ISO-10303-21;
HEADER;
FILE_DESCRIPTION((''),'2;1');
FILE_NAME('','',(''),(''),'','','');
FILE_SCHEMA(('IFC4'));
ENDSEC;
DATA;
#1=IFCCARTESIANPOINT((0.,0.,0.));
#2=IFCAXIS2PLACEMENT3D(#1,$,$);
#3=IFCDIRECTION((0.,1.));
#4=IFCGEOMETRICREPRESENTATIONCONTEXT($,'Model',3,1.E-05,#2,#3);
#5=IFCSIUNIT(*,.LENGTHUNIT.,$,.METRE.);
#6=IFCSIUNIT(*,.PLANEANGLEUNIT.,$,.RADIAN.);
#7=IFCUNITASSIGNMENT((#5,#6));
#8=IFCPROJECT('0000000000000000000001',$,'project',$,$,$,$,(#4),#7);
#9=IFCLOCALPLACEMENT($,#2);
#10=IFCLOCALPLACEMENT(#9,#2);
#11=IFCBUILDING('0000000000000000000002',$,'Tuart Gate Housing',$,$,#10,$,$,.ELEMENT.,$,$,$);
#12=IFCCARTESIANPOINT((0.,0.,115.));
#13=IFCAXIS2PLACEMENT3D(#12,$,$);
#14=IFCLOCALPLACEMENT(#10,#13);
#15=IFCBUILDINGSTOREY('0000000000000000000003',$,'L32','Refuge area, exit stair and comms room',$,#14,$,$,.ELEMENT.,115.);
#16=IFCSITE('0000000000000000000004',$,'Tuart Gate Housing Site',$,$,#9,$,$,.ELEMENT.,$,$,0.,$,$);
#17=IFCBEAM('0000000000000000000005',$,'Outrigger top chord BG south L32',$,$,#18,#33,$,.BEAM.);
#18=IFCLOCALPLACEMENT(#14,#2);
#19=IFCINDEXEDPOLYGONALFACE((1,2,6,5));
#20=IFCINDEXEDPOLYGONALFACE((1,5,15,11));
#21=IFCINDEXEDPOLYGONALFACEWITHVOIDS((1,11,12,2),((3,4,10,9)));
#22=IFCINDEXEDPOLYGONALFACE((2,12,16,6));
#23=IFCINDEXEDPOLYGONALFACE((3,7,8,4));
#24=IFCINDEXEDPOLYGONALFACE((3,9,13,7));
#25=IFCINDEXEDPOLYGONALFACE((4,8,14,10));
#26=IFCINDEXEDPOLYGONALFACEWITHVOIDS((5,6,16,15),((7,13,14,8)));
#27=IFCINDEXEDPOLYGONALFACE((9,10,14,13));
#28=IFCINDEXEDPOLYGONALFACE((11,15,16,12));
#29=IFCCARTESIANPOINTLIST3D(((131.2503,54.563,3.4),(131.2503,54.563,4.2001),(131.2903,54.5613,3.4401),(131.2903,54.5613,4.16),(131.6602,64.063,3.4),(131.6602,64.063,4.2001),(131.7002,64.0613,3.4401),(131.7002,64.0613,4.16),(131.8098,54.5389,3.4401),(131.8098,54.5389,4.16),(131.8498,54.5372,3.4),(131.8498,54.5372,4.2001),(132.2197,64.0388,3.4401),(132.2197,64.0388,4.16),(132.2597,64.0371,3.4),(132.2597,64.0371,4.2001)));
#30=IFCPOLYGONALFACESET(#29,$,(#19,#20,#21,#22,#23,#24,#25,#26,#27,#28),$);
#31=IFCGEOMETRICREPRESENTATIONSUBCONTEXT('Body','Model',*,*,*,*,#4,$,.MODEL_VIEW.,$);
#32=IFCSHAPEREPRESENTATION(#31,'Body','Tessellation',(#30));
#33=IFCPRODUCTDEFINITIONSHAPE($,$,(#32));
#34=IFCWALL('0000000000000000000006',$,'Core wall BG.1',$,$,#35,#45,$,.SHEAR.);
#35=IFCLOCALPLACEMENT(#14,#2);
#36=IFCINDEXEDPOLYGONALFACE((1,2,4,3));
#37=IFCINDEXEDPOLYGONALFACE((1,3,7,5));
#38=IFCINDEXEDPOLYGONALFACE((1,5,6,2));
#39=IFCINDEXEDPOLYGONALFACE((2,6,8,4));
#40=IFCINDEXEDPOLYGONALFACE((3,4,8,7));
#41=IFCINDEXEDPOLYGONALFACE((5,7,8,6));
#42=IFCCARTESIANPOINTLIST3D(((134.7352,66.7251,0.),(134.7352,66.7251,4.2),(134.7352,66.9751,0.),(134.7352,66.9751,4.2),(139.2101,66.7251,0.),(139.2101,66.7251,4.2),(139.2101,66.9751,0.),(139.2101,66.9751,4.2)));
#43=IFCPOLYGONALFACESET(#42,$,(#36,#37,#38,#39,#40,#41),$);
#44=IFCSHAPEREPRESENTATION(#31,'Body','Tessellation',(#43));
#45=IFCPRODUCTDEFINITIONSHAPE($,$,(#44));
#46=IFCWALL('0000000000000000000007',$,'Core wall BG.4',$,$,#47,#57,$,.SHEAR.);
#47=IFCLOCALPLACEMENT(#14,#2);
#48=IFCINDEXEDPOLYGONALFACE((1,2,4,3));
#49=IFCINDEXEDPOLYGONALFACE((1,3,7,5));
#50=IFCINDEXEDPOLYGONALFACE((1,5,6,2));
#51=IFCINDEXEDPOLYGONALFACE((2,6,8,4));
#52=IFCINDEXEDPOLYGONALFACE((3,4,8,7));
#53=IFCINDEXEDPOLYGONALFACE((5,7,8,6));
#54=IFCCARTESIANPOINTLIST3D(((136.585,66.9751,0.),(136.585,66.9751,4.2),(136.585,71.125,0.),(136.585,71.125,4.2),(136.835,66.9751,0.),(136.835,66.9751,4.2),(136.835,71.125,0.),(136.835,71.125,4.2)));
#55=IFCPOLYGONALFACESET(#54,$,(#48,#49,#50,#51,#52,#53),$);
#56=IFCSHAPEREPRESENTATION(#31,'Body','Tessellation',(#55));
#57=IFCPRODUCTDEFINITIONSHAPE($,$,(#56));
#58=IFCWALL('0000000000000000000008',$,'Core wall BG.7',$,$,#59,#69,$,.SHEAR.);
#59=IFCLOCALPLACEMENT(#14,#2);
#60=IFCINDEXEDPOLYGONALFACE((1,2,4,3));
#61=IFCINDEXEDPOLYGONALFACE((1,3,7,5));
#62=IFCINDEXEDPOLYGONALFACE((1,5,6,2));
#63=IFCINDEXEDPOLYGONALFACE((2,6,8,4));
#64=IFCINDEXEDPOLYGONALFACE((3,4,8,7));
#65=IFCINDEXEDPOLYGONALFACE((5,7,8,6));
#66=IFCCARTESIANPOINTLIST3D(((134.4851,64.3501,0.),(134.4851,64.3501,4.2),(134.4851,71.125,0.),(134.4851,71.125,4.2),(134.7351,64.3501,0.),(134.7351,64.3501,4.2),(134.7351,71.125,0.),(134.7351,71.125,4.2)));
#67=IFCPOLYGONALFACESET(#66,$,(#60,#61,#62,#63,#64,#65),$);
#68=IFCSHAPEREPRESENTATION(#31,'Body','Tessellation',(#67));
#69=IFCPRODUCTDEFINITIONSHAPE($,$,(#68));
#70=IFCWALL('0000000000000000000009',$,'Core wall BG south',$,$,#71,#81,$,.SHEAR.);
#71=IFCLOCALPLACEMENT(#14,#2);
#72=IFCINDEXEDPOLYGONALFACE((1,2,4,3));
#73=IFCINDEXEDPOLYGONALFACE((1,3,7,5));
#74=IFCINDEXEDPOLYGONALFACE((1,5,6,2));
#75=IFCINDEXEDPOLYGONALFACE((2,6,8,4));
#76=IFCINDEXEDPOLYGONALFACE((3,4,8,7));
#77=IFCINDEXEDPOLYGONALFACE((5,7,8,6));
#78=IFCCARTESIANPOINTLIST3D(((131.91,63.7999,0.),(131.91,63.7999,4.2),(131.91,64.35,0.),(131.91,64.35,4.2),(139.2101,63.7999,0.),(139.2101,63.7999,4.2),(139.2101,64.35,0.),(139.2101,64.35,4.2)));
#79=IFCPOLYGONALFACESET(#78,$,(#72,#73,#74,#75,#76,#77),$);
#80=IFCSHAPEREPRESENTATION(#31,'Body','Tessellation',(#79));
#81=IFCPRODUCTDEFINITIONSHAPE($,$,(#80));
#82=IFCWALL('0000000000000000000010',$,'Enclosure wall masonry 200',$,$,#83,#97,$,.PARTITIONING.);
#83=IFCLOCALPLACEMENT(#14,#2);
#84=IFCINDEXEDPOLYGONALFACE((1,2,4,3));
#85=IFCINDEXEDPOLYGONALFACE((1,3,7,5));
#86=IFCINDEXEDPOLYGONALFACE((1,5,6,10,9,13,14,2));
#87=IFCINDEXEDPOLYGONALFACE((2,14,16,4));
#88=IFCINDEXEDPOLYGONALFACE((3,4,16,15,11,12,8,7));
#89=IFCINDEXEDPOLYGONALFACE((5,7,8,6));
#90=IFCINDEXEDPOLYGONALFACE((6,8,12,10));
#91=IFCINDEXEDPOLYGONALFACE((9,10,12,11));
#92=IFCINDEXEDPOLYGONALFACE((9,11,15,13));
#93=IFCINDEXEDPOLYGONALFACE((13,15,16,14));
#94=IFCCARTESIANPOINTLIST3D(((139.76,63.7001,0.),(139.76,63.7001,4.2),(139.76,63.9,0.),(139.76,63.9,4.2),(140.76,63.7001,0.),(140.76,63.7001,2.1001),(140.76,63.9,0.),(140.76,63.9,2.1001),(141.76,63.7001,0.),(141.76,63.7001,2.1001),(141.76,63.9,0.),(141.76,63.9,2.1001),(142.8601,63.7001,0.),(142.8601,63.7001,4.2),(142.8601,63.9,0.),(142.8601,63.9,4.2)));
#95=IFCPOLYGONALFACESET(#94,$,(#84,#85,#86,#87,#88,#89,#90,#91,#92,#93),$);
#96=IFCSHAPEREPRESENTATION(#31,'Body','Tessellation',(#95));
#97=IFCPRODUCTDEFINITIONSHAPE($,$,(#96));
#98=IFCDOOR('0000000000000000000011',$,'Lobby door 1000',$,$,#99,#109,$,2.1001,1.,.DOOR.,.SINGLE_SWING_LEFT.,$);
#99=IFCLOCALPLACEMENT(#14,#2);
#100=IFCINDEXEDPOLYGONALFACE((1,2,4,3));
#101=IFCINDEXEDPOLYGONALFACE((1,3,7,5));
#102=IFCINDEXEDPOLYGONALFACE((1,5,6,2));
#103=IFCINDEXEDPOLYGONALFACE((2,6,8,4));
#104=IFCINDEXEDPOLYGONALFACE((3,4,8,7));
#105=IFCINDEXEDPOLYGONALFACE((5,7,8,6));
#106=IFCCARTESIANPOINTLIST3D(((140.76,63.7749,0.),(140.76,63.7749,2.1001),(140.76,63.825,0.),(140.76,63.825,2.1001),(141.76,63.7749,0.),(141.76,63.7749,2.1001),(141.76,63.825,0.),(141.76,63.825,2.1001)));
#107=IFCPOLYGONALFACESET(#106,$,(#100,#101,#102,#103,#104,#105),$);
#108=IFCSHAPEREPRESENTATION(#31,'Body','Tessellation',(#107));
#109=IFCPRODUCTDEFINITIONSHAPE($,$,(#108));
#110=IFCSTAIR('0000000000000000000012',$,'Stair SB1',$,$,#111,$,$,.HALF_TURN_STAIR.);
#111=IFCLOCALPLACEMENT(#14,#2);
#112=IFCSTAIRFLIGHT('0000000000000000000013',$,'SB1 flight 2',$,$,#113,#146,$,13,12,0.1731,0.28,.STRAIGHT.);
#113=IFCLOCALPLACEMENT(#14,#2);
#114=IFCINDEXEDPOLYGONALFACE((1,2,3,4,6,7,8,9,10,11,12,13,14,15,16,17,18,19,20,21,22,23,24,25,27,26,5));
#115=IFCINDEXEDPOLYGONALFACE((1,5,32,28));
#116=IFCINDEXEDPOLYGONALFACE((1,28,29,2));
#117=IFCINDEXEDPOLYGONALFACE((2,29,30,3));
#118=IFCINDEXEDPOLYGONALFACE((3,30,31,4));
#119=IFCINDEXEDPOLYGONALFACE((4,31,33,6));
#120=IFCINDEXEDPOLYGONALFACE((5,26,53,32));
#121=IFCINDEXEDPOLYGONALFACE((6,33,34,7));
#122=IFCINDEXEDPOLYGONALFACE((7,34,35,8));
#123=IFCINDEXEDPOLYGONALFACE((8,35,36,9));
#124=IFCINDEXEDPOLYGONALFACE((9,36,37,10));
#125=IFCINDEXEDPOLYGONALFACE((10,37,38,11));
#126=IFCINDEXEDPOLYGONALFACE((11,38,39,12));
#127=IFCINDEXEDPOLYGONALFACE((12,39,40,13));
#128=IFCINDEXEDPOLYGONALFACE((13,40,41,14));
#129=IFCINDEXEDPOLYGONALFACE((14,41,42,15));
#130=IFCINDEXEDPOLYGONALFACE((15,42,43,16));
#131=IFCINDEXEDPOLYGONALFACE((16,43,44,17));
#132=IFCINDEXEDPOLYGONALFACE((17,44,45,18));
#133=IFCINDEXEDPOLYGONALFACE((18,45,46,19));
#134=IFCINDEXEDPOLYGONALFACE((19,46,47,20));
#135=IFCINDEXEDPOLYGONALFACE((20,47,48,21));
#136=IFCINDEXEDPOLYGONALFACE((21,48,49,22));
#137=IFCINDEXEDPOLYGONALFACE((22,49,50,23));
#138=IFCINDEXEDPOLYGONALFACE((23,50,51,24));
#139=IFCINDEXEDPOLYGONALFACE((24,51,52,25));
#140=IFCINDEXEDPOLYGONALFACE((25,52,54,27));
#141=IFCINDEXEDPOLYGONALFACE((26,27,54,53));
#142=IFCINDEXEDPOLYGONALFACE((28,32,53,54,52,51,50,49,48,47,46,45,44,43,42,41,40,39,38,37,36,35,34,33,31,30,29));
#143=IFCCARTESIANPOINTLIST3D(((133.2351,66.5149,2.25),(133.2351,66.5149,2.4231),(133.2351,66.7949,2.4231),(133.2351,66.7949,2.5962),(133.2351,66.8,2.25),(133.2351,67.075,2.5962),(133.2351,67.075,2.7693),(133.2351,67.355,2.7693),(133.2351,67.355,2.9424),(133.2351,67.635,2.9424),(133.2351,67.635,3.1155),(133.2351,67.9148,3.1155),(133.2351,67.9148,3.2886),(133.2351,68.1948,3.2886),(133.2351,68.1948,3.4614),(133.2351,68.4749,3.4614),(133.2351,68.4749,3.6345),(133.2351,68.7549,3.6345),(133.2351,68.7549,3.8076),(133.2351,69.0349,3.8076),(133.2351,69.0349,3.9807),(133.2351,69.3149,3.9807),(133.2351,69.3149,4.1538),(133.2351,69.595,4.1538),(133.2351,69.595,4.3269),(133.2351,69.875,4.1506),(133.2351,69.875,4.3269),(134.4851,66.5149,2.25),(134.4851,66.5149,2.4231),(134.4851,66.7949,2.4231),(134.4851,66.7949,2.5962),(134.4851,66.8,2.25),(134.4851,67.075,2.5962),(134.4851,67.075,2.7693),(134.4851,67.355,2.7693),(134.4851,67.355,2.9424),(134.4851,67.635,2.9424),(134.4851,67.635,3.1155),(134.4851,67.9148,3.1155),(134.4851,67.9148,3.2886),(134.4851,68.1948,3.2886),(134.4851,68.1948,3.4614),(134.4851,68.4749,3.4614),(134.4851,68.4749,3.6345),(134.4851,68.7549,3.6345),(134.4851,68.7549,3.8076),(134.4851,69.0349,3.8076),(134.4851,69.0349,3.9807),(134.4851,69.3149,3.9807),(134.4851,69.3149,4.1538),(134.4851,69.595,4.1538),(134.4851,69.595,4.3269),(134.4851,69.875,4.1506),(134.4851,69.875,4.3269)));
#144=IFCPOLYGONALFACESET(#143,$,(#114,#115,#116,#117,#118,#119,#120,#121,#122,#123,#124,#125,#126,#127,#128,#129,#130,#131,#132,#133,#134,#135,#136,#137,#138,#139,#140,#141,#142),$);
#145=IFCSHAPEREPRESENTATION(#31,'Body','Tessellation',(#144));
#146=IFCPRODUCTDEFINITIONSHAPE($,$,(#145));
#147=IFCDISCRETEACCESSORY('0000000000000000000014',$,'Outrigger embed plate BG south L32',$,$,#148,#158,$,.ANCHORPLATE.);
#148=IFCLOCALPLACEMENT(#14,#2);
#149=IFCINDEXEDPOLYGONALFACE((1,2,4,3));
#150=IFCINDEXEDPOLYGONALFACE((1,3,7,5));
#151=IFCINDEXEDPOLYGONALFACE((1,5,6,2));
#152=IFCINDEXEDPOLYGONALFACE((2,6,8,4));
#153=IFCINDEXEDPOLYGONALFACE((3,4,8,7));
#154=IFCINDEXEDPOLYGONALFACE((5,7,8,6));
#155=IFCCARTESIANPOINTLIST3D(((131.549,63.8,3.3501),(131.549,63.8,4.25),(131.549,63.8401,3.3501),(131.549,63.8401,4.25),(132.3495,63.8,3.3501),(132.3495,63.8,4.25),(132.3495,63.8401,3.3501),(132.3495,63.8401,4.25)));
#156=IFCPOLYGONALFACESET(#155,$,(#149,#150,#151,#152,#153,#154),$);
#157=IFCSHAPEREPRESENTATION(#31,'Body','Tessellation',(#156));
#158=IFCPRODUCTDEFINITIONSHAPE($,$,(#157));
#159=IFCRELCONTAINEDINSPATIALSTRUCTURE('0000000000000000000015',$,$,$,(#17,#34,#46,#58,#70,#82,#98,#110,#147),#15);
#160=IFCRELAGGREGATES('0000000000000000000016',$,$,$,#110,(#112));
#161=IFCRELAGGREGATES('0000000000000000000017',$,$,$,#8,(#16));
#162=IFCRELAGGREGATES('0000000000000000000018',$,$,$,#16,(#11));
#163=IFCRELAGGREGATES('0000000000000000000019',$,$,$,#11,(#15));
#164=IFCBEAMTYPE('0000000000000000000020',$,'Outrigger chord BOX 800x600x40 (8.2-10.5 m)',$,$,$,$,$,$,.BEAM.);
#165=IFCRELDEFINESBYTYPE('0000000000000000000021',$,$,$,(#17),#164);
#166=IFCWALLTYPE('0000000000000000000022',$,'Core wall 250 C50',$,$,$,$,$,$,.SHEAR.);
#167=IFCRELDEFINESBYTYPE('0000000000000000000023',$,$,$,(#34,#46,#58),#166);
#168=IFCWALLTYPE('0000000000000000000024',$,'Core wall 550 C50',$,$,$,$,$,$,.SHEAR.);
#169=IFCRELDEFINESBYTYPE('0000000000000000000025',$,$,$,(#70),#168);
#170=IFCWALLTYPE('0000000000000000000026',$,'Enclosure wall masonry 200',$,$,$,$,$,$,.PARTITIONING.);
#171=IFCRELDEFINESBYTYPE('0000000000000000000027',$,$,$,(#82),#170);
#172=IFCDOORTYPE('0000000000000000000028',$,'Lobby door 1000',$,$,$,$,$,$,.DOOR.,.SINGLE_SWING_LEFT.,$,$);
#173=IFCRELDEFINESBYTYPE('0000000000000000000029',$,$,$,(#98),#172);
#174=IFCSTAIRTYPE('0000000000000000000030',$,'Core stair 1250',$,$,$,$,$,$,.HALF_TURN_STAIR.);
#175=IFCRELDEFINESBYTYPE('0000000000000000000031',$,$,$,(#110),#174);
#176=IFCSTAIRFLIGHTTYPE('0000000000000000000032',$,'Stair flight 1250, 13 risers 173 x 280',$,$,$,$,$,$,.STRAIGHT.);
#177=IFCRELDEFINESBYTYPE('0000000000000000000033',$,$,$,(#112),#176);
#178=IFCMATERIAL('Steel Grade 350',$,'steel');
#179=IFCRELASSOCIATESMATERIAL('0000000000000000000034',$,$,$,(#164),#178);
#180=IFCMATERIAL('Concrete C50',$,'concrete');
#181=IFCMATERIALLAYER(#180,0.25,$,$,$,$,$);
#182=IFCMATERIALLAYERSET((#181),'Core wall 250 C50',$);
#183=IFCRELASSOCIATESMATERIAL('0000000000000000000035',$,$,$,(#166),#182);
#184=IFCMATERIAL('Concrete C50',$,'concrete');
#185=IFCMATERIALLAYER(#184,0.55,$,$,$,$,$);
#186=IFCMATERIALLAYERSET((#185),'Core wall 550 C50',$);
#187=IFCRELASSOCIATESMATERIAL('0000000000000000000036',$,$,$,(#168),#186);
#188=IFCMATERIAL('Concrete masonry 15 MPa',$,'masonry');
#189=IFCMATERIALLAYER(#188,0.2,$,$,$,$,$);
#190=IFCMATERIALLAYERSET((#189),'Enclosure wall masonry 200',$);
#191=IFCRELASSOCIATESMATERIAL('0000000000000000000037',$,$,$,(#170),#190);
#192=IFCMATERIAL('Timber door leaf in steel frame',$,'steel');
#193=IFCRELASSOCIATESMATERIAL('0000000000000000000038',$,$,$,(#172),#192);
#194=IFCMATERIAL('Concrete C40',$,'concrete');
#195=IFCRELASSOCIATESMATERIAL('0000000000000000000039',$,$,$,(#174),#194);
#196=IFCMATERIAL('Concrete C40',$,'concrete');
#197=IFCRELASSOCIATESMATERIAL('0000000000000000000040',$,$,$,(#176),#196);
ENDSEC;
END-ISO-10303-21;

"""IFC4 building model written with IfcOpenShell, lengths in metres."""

from ifc_helpers import new_model, si_unit, direction, frame, frame_2d, origin, origin_2d, place, context, subcontext, project, spatial, polyline, rectangle, hollow_rectangle, outline, extrude, material, layer, layer_set, material_profile, profile_set, type_object, element, fill, aggregate, save


model = new_model("IFC4")

# Units and contexts
model_context = context("Model", 3, precision=1e-05, world=origin(), true_north=direction((0.0, 1.0)))
body_context = subcontext(model_context, "Body", "Model", "MODEL_VIEW")
ifc_project = project(units=[si_unit("LENGTHUNIT", "METRE"), si_unit("PLANEANGLEUNIT", "RADIAN")], contexts=[model_context])

# Site, building, storey
site_placement = place(None, origin())
site = spatial("IfcSite", under=ifc_project, at=site_placement, Name="Tuart Gate Housing Site", CompositionType="ELEMENT", RefElevation=0.0)
building_placement = place(site_placement, origin())
building = spatial("IfcBuilding", under=site, at=building_placement, Name="Tuart Gate Housing", CompositionType="ELEMENT")
storey_placement = place(building_placement, frame((0.0, 0.0, 115.0)))
storey = spatial("IfcBuildingStorey", under=building, at=storey_placement, Name="L32", Description="Refuge area, exit stair and comms room", CompositionType="ELEMENT", Elevation=115.0)

# Beam
ifc_material_1 = material(Name="Steel Grade 350", Category="steel")
ifc_material_profile = material_profile(ifc_material_1, hollow_rectangle(XDim=0.6001, YDim=0.8, WallThickness=0.04, at=origin_2d()), Name="BOX 800x600x40")
ifc_profile_set = profile_set([ifc_material_profile], Name="Steel Grade 350")
beam_type = type_object("IfcBeamType", Name="Outrigger chord BOX 800x600x40 (8.2-10.5 m)", PredefinedType="BEAM", material=ifc_profile_set)
beam_placement = place(storey_placement, frame((131.96, 64.05, 3.8), z_axis=(-0.043109, -0.99907, 0.0), x_axis=(0.99907, -0.043109, 0.0)))
element("IfcBeam", 1, at=beam_placement, inside=storey, type_object=beam_type, Name="Outrigger top chord BG south L32", PredefinedType="BEAM", context=body_context, shape_type="SweptSolid", body=[
    extrude(hollow_rectangle(XDim=0.6001, YDim=0.8, WallThickness=0.04, at=origin_2d()), origin(), (0.0, 0.0, 1.0), 9.5088),
])

# Walls
ifc_material_2 = material(Name="Concrete C50", Category="concrete")
ifc_layer_1 = layer(ifc_material_2, 0.25)
ifc_layer_set_1 = layer_set([ifc_layer_1], Name="Core wall 250 C50")
wall_type_1 = type_object("IfcWallType", Name="Core wall 250 C50", PredefinedType="SHEAR", material=ifc_layer_set_1)
wall_1_placement = place(storey_placement, frame((139.21, 66.8501, 0.0), z_axis=(0.0, 0.0, 1.0), x_axis=(-1.0, 0.0, 0.0)))
element("IfcWall", 2, at=wall_1_placement, inside=storey, type_object=wall_type_1, Name="Core wall BG.1", PredefinedType="SHEAR", context=body_context, shape_type="SweptSolid", body=[
    extrude(rectangle(XDim=4.4749, YDim=0.25, at=frame_2d((2.2373, 0.0))), origin(), (0.0, 0.0, 1.0), 4.2),
])
wall_2_placement = place(storey_placement, frame((136.71, 66.9751, 0.0), z_axis=(0.0, 0.0, 1.0), x_axis=(0.0, 1.0, 0.0)))
element("IfcWall", 3, at=wall_2_placement, inside=storey, type_object=wall_type_1, Name="Core wall BG.4", PredefinedType="SHEAR", context=body_context, shape_type="SweptSolid", body=[
    extrude(rectangle(XDim=4.1499, YDim=0.25, at=frame_2d((2.075, 0.0))), origin(), (0.0, 0.0, 1.0), 4.2),
])
wall_3_placement = place(storey_placement, frame((134.6101, 64.3501, 0.0), z_axis=(0.0, 0.0, 1.0), x_axis=(0.0, 1.0, 0.0)))
element("IfcWall", 4, at=wall_3_placement, inside=storey, type_object=wall_type_1, Name="Core wall BG.7", PredefinedType="SHEAR", context=body_context, shape_type="SweptSolid", body=[
    extrude(rectangle(XDim=6.7749, YDim=0.25, at=frame_2d((3.3875, 0.0))), origin(), (0.0, 0.0, 1.0), 4.2),
])
ifc_material_3 = material(Name="Concrete C50", Category="concrete")
ifc_layer_2 = layer(ifc_material_3, 0.55)
ifc_layer_set_2 = layer_set([ifc_layer_2], Name="Core wall 550 C50")
wall_type_2 = type_object("IfcWallType", Name="Core wall 550 C50", PredefinedType="SHEAR", material=ifc_layer_set_2)
wall_4_placement = place(storey_placement, frame((139.21, 64.075, 0.0), z_axis=(0.0, 0.0, 1.0), x_axis=(-1.0, 0.0, 0.0)))
element("IfcWall", 5, at=wall_4_placement, inside=storey, type_object=wall_type_2, Name="Core wall BG south", PredefinedType="SHEAR", context=body_context, shape_type="SweptSolid", body=[
    extrude(rectangle(XDim=7.3, YDim=0.55, at=frame_2d((3.6499, 0.0))), origin(), (0.0, 0.0, 1.0), 4.2),
])

# Wall, opening, door
ifc_material_4 = material(Name="Concrete masonry 15 MPa", Category="masonry")
ifc_layer_3 = layer(ifc_material_4, 0.2)
ifc_layer_set_3 = layer_set([ifc_layer_3], Name="Enclosure wall masonry 200")
wall_type_3 = type_object("IfcWallType", Name="Enclosure wall masonry 200", PredefinedType="PARTITIONING", material=ifc_layer_set_3)
wall_5_placement = place(storey_placement, frame((139.76, 63.8, 0.0), z_axis=(0.0, 0.0, 1.0), x_axis=(1.0, 0.0, 0.0)))
wall_5 = element("IfcWall", 6, at=wall_5_placement, inside=storey, type_object=wall_type_3, Name="Enclosure wall masonry 200", PredefinedType="PARTITIONING", context=body_context, shape_type="SweptSolid", body=[
    extrude(rectangle(XDim=3.1001, YDim=0.2, at=frame_2d((1.55, 0.0))), origin(), (0.0, 0.0, 1.0), 4.2),
])
opening_placement = place(wall_5_placement, frame((1.0, 0.0, 0.0)))
opening = element("IfcOpeningElement", 7, at=opening_placement, cuts=wall_5, PredefinedType="OPENING", context=body_context, shape_type="SweptSolid", body=[
    extrude(rectangle(XDim=1.0, YDim=2.1001, at=frame_2d((0.5, 1.05))), frame((0.0, 0.1099, 0.0), z_axis=(0.0, -1.0, 0.0), x_axis=(1.0, 0.0, 0.0)), (0.0, 0.0, 1.0), 0.22),
])
ifc_material_5 = material(Name="Timber door leaf in steel frame", Category="steel")
door_type = type_object("IfcDoorType", Name="Lobby door 1000", OperationType="SINGLE_SWING_LEFT", PredefinedType="DOOR", material=ifc_material_5)
door_placement = place(opening_placement, frame((1.0, 0.0, 0.0), z_axis=(0.0, 0.0, 1.0), x_axis=(-1.0, 0.0, 0.0)))
door = element("IfcDoor", 8, at=door_placement, inside=storey, type_object=door_type, Name="Lobby door 1000", OperationType="SINGLE_SWING_LEFT", OverallHeight=2.1001, OverallWidth=1.0, PredefinedType="DOOR", context=body_context, shape_type="SweptSolid", body=[
    extrude(rectangle(XDim=1.0, YDim=2.1001, at=frame_2d((0.5, 1.05))), frame((0.0, 0.0251, 0.0), z_axis=(0.0, -1.0, 0.0), x_axis=(1.0, 0.0, 0.0)), (0.0, 0.0, 1.0), 0.05),
])
fill(opening, door)

# Stair, stair flight
ifc_material_6 = material(Name="Concrete C40", Category="concrete")
stair_type = type_object("IfcStairType", Name="Core stair 1250", PredefinedType="HALF_TURN_STAIR", material=ifc_material_6)
stair_placement = place(storey_placement, origin())
stair = element("IfcStair", 9, at=stair_placement, inside=storey, type_object=stair_type, Name="Stair SB1", PredefinedType="HALF_TURN_STAIR")
ifc_material_7 = material(Name="Concrete C40", Category="concrete")
stair_flight_type = type_object("IfcStairFlightType", Name="Stair flight 1250, 13 risers 173 x 280", PredefinedType="STRAIGHT", material=ifc_material_7)
stair_flight_placement = place(storey_placement, frame((133.8601, 66.5149, 2.25), z_axis=(0.0, 0.0, 1.0), x_axis=(0.0, 1.0, 0.0)))
stair_flight = element("IfcStairFlight", 10, at=stair_flight_placement, type_object=stair_flight_type, Name="SB1 flight 2", NumberOfRisers=13, NumberOfTreads=12, PredefinedType="STRAIGHT", RiserHeight=0.1731, TreadLength=0.28, context=body_context, shape_type="SweptSolid", body=[
    extrude(outline(polyline([(0.0, 0.0), (0.0, 0.1731), (0.28, 0.1731), (0.28, 0.3462), (0.5601, 0.3462), (0.5601, 0.5193), (0.8401, 0.5193), (0.8401, 0.6924), (1.1201, 0.6924), (1.1201, 0.8655), (1.3999, 0.8655), (1.3999, 1.0386), (1.6799, 1.0386), (1.6799, 1.2114), (1.96, 1.2114), (1.96, 1.3845), (2.24, 1.3845), (2.24, 1.5576), (2.52, 1.5576), (2.52, 1.7307), (2.8, 1.7307), (2.8, 1.9038), (3.0801, 1.9038), (3.0801, 2.0769), (3.3601, 2.0769), (3.3601, 2.25), (3.3601, 1.9006), (0.2852, 0.0), (0.0, 0.0)])), frame((0.0, 0.625, 0.0), z_axis=(0.0, -1.0, 0.0), x_axis=(1.0, 0.0, 0.0)), (0.0, 0.0, 1.0), 1.25),
])
aggregate(stair, [stair_flight])

# Discrete accessory
discrete_accessory_placement = place(storey_placement, frame((131.9492, 63.8201, 3.3501), z_axis=(0.0, 0.0, 1.0), x_axis=(1.0, 0.0, 0.0)))
element("IfcDiscreteAccessory", 11, at=discrete_accessory_placement, inside=storey, Name="Outrigger embed plate BG south L32", PredefinedType="ANCHORPLATE", context=body_context, shape_type="SweptSolid", body=[
    extrude(rectangle(XDim=0.8005, YDim=0.04, at=origin_2d()), origin(), (0.0, 0.0, 1.0), 0.8999),
])

save(model, "model.ifc")
